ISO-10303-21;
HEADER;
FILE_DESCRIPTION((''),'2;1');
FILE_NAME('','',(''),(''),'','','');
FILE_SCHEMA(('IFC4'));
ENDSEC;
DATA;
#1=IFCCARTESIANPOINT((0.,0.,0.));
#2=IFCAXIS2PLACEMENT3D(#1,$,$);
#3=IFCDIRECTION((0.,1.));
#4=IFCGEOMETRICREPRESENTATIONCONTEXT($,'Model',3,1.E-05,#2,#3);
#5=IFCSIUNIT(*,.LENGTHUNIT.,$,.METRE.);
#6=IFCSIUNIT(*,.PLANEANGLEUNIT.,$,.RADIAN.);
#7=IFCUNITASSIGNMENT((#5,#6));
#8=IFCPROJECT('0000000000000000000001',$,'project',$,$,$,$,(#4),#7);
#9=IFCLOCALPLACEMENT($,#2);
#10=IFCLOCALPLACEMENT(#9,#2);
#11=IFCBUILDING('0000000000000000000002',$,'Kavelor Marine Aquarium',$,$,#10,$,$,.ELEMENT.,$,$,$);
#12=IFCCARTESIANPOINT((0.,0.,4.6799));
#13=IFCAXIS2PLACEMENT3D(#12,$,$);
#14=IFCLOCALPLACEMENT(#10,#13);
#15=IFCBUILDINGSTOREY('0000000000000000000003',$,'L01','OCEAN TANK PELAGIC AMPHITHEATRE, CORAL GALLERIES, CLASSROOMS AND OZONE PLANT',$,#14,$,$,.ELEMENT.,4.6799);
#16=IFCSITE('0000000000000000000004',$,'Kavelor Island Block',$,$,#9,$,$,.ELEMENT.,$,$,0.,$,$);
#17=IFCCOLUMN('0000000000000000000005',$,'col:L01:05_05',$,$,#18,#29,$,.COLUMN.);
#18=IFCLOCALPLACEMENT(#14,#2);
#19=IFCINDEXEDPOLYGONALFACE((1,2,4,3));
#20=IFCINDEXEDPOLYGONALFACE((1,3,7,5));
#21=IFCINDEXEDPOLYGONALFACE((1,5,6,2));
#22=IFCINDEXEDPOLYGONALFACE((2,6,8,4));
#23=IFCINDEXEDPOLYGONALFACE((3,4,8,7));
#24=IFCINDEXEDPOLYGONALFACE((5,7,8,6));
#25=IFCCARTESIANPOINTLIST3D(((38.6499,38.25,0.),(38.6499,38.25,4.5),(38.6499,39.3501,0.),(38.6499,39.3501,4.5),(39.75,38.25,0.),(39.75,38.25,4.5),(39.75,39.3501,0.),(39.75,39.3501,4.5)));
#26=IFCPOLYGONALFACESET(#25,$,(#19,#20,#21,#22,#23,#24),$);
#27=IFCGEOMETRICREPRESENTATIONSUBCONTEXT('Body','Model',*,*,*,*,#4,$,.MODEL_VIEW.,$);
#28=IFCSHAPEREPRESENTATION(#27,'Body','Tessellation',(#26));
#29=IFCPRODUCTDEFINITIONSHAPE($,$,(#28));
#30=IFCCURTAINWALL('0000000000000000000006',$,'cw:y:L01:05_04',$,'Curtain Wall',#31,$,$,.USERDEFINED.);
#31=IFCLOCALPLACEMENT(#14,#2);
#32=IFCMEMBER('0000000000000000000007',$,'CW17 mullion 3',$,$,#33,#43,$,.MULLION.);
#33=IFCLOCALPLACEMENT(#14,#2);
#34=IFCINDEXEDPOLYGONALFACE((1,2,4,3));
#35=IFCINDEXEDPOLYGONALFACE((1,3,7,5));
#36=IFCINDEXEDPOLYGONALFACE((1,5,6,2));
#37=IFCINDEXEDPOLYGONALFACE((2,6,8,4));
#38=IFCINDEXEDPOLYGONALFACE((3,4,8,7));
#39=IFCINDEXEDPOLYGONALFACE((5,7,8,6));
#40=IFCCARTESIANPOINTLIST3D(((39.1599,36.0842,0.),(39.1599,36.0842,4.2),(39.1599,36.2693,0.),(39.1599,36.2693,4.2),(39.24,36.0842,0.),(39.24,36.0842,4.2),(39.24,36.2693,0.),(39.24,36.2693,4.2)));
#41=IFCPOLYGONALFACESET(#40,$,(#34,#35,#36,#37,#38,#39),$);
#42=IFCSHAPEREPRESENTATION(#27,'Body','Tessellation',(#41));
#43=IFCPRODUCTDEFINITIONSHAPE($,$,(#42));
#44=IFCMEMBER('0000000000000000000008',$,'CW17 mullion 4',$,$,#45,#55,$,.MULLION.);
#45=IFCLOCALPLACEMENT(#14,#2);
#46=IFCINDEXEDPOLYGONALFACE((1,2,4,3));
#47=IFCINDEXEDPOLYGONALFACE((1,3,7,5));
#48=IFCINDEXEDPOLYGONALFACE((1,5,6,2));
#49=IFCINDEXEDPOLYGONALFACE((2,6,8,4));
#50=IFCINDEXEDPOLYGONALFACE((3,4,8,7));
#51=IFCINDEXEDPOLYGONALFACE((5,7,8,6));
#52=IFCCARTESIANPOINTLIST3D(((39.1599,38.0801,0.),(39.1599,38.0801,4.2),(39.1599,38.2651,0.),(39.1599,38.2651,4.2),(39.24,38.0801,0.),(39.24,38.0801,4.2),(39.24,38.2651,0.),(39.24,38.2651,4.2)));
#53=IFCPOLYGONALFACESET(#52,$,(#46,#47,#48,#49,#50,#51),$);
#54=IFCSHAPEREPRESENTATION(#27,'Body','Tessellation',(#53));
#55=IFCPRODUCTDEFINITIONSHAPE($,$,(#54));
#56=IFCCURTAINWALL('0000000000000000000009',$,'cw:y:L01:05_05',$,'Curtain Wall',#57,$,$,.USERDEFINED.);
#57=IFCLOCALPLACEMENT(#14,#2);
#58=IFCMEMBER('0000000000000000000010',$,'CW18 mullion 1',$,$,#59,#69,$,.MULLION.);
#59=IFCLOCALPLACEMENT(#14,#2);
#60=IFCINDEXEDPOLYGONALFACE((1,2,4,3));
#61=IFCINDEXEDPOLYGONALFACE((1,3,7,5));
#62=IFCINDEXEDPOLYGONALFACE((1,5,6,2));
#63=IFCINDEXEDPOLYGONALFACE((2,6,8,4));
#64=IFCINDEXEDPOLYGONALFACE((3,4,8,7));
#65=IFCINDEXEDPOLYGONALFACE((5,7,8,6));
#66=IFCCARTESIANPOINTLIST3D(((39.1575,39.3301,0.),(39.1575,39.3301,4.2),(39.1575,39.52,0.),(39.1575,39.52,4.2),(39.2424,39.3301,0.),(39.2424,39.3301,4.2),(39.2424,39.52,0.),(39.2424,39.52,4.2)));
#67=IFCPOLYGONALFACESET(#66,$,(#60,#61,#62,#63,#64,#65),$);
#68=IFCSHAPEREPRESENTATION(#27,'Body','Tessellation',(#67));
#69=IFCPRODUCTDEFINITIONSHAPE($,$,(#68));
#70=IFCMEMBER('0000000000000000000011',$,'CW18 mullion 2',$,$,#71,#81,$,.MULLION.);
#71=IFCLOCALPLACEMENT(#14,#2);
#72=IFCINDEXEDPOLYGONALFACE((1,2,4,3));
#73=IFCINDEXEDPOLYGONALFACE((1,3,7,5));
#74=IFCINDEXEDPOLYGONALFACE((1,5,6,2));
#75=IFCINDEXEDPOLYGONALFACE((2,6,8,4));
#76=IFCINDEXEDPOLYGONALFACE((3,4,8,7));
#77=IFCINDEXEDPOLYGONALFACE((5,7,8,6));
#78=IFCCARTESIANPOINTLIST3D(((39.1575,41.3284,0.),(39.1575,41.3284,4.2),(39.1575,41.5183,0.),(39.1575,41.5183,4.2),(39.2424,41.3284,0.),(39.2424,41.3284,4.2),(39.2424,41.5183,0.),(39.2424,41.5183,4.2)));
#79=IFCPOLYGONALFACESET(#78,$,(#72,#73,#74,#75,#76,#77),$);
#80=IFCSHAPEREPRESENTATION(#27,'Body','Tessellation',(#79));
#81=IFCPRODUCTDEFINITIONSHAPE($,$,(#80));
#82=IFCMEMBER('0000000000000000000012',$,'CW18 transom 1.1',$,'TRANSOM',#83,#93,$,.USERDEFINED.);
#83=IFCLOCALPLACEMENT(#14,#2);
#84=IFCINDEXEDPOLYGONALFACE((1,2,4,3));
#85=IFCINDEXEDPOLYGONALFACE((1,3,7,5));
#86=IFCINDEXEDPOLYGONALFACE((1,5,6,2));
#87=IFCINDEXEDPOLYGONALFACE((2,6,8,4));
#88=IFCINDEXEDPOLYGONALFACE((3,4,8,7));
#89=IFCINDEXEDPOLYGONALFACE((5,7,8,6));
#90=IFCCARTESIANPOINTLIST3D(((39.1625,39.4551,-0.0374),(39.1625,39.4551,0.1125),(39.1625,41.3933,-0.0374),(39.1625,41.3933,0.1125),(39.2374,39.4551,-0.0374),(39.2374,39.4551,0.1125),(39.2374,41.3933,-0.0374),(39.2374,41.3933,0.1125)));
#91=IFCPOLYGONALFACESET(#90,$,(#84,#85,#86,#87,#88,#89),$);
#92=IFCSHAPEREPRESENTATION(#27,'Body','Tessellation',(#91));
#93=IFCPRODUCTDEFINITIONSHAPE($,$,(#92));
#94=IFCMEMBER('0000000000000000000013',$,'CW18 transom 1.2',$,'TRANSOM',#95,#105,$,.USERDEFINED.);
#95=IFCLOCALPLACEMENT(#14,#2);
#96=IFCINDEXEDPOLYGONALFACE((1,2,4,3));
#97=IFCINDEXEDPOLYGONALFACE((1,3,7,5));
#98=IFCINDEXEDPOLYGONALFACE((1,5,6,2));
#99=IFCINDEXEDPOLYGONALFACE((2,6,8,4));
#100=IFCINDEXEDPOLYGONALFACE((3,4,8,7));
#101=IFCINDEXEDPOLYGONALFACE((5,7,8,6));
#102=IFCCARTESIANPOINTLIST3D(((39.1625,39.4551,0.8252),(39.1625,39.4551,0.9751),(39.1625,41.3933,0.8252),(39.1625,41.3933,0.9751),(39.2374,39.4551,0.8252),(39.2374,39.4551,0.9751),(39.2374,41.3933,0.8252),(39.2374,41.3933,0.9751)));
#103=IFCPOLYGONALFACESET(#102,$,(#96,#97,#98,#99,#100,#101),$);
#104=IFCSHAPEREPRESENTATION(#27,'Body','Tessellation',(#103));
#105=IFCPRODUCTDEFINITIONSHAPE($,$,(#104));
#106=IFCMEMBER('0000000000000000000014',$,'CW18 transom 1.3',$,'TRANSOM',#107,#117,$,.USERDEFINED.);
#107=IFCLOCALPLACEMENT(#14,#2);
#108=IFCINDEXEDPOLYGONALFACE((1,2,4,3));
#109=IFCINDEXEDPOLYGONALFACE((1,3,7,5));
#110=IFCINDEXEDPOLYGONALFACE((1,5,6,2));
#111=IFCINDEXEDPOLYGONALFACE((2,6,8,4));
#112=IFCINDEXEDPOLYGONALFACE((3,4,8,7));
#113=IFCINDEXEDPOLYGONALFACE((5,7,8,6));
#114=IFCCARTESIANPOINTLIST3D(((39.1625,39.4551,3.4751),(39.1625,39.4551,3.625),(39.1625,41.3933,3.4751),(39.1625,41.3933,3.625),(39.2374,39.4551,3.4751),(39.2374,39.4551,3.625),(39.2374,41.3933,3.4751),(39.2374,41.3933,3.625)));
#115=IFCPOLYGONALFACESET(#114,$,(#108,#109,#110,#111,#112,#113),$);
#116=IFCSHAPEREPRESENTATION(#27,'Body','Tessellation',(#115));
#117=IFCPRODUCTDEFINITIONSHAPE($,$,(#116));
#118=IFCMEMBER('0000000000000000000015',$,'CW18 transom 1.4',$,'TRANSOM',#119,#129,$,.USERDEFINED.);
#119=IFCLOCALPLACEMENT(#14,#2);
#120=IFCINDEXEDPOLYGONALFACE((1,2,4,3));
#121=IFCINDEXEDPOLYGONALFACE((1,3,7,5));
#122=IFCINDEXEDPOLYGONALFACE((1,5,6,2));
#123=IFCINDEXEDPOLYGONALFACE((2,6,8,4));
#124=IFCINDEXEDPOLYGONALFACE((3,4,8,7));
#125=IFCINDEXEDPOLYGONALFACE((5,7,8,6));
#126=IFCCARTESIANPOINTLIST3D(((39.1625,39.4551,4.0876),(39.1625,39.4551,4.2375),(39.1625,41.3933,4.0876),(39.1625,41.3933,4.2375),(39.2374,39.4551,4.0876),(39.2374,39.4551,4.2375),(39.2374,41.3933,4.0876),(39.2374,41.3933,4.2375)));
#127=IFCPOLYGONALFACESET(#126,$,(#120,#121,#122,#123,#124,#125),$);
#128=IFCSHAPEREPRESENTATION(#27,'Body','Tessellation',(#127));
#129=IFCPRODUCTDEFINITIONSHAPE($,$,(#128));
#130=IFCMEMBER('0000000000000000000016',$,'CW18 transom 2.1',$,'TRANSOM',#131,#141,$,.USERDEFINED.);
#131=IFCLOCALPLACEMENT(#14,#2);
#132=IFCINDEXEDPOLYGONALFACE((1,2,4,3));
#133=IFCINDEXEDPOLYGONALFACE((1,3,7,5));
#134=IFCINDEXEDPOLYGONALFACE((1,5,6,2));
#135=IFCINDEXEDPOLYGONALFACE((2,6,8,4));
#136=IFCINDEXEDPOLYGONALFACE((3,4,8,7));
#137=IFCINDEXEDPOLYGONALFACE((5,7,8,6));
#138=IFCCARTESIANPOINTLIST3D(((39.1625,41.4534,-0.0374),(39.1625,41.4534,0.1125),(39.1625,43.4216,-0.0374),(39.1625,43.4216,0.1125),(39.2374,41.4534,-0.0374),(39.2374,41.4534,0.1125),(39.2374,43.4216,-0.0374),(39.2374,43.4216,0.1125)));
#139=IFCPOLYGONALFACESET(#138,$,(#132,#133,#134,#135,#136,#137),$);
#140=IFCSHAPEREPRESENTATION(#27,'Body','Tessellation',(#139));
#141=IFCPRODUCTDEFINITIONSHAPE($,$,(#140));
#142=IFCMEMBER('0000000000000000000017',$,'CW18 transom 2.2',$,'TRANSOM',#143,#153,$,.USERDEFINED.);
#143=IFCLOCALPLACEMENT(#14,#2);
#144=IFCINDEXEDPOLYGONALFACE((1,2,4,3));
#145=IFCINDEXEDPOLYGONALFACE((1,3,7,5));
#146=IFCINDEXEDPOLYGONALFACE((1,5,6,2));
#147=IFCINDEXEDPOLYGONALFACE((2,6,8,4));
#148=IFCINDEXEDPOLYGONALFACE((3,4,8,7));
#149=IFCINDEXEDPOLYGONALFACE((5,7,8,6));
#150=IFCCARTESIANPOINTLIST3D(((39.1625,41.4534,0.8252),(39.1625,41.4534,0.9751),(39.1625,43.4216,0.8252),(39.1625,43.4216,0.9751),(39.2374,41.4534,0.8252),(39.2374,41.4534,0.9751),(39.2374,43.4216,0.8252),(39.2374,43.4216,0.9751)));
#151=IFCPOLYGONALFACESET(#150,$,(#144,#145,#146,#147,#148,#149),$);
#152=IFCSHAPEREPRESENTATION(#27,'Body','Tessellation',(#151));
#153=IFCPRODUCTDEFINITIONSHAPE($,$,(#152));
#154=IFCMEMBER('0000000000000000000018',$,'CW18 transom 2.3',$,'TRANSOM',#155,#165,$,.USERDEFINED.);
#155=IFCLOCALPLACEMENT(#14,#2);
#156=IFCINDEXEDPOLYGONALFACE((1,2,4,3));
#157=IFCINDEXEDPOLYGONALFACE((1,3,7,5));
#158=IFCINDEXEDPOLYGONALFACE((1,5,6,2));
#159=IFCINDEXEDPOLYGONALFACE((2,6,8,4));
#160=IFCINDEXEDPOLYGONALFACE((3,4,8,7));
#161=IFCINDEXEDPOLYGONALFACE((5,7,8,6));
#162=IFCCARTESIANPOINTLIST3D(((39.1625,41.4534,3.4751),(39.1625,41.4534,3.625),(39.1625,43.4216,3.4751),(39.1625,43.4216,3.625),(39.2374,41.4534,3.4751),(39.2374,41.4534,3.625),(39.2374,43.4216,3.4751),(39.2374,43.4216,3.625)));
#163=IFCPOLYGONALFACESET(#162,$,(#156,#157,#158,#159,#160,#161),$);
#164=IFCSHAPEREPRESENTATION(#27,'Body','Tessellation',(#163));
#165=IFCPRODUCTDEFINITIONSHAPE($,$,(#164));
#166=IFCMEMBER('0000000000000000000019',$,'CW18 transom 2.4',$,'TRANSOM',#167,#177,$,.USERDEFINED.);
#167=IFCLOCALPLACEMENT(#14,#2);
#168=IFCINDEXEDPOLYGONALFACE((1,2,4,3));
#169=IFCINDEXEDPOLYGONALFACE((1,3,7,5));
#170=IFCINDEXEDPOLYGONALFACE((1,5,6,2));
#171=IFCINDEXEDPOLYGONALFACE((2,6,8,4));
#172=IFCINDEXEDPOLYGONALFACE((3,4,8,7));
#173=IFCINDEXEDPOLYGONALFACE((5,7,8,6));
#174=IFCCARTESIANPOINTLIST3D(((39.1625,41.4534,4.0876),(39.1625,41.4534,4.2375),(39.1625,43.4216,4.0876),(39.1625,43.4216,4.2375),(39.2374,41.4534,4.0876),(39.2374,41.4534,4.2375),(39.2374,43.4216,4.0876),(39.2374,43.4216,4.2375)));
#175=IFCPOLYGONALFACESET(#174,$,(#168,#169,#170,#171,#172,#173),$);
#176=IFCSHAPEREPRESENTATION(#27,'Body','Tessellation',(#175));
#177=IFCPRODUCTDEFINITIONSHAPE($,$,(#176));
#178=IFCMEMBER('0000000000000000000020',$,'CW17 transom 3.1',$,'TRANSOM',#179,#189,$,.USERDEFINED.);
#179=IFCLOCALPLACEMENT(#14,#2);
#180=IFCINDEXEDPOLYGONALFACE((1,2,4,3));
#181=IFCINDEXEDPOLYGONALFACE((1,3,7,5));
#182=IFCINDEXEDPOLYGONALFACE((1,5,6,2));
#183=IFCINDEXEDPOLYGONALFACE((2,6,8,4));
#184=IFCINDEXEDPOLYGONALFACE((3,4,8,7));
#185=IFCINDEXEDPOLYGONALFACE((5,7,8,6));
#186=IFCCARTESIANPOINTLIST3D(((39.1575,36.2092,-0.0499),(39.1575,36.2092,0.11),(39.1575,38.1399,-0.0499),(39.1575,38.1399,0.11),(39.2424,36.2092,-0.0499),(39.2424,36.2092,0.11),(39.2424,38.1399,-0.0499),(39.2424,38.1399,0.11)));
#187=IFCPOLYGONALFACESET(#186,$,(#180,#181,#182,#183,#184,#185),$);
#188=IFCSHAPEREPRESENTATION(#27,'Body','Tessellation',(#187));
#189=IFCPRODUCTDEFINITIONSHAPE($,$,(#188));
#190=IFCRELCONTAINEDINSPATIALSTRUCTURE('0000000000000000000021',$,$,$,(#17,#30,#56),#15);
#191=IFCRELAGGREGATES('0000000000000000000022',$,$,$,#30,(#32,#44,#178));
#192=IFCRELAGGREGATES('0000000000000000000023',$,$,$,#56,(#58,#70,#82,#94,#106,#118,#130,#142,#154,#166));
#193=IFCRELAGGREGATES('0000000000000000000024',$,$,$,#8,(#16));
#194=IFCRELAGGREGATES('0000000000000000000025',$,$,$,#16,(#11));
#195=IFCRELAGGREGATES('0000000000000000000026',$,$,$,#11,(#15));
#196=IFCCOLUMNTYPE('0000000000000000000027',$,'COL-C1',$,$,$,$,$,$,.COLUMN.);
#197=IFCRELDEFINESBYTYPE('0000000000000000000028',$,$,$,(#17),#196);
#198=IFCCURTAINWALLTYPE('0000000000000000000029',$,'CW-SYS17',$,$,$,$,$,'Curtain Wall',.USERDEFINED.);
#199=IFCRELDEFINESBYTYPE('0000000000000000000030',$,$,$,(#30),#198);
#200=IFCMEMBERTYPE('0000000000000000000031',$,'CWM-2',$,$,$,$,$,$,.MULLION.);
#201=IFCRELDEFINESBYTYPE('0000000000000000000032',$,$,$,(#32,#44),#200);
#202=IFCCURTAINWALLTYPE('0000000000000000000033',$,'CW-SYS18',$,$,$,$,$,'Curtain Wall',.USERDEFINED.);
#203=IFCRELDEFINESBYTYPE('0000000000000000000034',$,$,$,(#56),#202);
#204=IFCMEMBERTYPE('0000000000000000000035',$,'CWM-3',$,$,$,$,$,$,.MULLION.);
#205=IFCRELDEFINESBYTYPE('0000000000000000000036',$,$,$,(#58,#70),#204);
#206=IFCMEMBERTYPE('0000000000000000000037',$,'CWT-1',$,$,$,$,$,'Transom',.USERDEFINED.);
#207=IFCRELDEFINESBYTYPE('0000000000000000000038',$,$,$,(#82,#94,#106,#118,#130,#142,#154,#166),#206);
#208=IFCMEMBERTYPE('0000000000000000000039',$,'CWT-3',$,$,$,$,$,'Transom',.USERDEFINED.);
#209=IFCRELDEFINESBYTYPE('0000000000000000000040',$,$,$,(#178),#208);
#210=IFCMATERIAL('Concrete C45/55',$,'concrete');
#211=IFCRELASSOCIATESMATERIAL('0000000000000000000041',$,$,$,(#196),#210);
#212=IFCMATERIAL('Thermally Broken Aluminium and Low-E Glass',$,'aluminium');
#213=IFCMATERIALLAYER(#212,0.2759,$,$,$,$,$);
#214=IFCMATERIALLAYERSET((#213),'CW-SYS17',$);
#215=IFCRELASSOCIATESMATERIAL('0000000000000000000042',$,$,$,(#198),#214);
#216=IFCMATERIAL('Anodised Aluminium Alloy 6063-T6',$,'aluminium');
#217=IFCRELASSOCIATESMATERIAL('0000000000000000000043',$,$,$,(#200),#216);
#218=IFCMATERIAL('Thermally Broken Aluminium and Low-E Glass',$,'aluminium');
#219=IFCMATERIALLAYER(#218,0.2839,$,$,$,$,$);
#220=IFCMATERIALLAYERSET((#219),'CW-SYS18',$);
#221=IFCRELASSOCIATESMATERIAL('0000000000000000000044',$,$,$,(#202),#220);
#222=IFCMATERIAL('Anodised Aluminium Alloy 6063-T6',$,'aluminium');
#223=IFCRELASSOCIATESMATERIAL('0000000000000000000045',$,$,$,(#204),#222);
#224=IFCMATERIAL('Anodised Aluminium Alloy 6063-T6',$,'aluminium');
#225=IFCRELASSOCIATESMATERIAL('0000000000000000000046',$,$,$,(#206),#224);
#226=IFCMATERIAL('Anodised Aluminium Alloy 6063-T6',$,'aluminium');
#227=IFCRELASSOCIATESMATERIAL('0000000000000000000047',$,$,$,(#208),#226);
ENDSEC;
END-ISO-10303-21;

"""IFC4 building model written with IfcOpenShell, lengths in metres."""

from ifc_helpers import new_model, si_unit, direction, frame, origin, origin_2d, place, context, subcontext, project, spatial, rectangle, extrude, material, layer, layer_set, material_profile, profile_set, type_object, element, aggregate, save


model = new_model("IFC4")

# Units and contexts
model_context = context("Model", 3, precision=1e-05, world=origin(), true_north=direction((0.0, 1.0)))
body_context = subcontext(model_context, "Body", "Model", "MODEL_VIEW")
ifc_project = project(units=[si_unit("LENGTHUNIT", "METRE"), si_unit("PLANEANGLEUNIT", "RADIAN")], contexts=[model_context])

# Site, building, storey
site_placement = place(None, origin())
site = spatial("IfcSite", under=ifc_project, at=site_placement, Name="Kavelor Island Block", CompositionType="ELEMENT", RefElevation=0.0)
building_placement = place(site_placement, origin())
building = spatial("IfcBuilding", under=site, at=building_placement, Name="Kavelor Marine Aquarium", CompositionType="ELEMENT")
storey_placement = place(building_placement, frame((0.0, 0.0, 4.6799)))
storey = spatial("IfcBuildingStorey", under=building, at=storey_placement, Name="L01", Description="OCEAN TANK PELAGIC AMPHITHEATRE, CORAL GALLERIES, CLASSROOMS AND OZONE PLANT", CompositionType="ELEMENT", Elevation=4.6799)

# Column
ifc_material_1 = material(Name="Concrete C45/55", Category="concrete")
ifc_material_profile_1 = material_profile(ifc_material_1, rectangle(XDim=1.1001, YDim=1.1001, at=origin_2d()), Name="RC-COL 1100x1100")
ifc_profile_set_1 = profile_set([ifc_material_profile_1], Name="Concrete C45/55")
column_type = type_object("IfcColumnType", Name="COL-C1", PredefinedType="COLUMN", material=ifc_profile_set_1)
column_placement = place(storey_placement, frame((39.2, 38.8, 0.0), z_axis=(0.0, 0.0, 1.0), x_axis=(1.0, 0.0, 0.0)))
element("IfcColumn", 1, at=column_placement, inside=storey, type_object=column_type, Name="col:L01:05_05", PredefinedType="COLUMN", context=body_context, shape_type="SweptSolid", body=[
    extrude(rectangle(XDim=1.1001, YDim=1.1001, at=origin_2d()), origin(), (0.0, 0.0, 1.0), 4.5),
])

# Curtain walls, members
ifc_material_2 = material(Name="Thermally Broken Aluminium and Low-E Glass", Category="aluminium")
ifc_layer_1 = layer(ifc_material_2, 0.2759)
ifc_layer_set_1 = layer_set([ifc_layer_1], Name="CW-SYS17")
curtain_wall_type_1 = type_object("IfcCurtainWallType", Name="CW-SYS17", ElementType="Curtain Wall", PredefinedType="USERDEFINED", material=ifc_layer_set_1)
curtain_wall_1_placement = place(storey_placement, origin())
curtain_wall_1 = element("IfcCurtainWall", 2, at=curtain_wall_1_placement, inside=storey, type_object=curtain_wall_type_1, Name="cw:y:L01:05_04", ObjectType="Curtain Wall", PredefinedType="USERDEFINED")
ifc_material_3 = material(Name="Anodised Aluminium Alloy 6063-T6", Category="aluminium")
ifc_material_profile_2 = material_profile(ifc_material_3, rectangle(XDim=0.0801, YDim=0.1851, at=origin_2d()), Name="CW-MUL 80x185")
ifc_profile_set_2 = profile_set([ifc_material_profile_2], Name="Anodised Aluminium Alloy 6063-T6")
member_type_1 = type_object("IfcMemberType", Name="CWM-2", PredefinedType="MULLION", material=ifc_profile_set_2)
member_1_placement = place(storey_placement, frame((39.2, 36.1768, 0.0), z_axis=(0.0, 0.0, 1.0), x_axis=(-1.0, 0.0, 0.0)))
member_1 = element("IfcMember", 3, at=member_1_placement, type_object=member_type_1, Name="CW17 mullion 3", PredefinedType="MULLION", context=body_context, shape_type="SweptSolid", body=[
    extrude(rectangle(XDim=0.0801, YDim=0.1851, at=origin_2d()), origin(), (0.0, 0.0, 1.0), 4.2),
])
member_2_placement = place(storey_placement, frame((39.2, 38.1726, 0.0), z_axis=(0.0, 0.0, 1.0), x_axis=(-1.0, 0.0, 0.0)))
member_2 = element("IfcMember", 4, at=member_2_placement, type_object=member_type_1, Name="CW17 mullion 4", PredefinedType="MULLION", context=body_context, shape_type="SweptSolid", body=[
    extrude(rectangle(XDim=0.0801, YDim=0.1851, at=origin_2d()), origin(), (0.0, 0.0, 1.0), 4.2),
])
ifc_material_4 = material(Name="Thermally Broken Aluminium and Low-E Glass", Category="aluminium")
ifc_layer_2 = layer(ifc_material_4, 0.2839)
ifc_layer_set_2 = layer_set([ifc_layer_2], Name="CW-SYS18")
curtain_wall_type_2 = type_object("IfcCurtainWallType", Name="CW-SYS18", ElementType="Curtain Wall", PredefinedType="USERDEFINED", material=ifc_layer_set_2)
curtain_wall_2_placement = place(storey_placement, origin())
curtain_wall_2 = element("IfcCurtainWall", 5, at=curtain_wall_2_placement, inside=storey, type_object=curtain_wall_type_2, Name="cw:y:L01:05_05", ObjectType="Curtain Wall", PredefinedType="USERDEFINED")
ifc_material_5 = material(Name="Anodised Aluminium Alloy 6063-T6", Category="aluminium")
ifc_material_profile_3 = material_profile(ifc_material_5, rectangle(XDim=0.085, YDim=0.1899, at=origin_2d()), Name="CW-MUL 85x190")
ifc_profile_set_3 = profile_set([ifc_material_profile_3], Name="Anodised Aluminium Alloy 6063-T6")
member_type_2 = type_object("IfcMemberType", Name="CWM-3", PredefinedType="MULLION", material=ifc_profile_set_3)
member_3_placement = place(storey_placement, frame((39.2, 39.425, 0.0), z_axis=(0.0, 0.0, 1.0), x_axis=(-1.0, 0.0, 0.0)))
member_3 = element("IfcMember", 6, at=member_3_placement, type_object=member_type_2, Name="CW18 mullion 1", PredefinedType="MULLION", context=body_context, shape_type="SweptSolid", body=[
    extrude(rectangle(XDim=0.085, YDim=0.1899, at=origin_2d()), origin(), (0.0, 0.0, 1.0), 4.2),
])
member_4_placement = place(storey_placement, frame((39.2, 41.4233, 0.0), z_axis=(0.0, 0.0, 1.0), x_axis=(-1.0, 0.0, 0.0)))
member_4 = element("IfcMember", 7, at=member_4_placement, type_object=member_type_2, Name="CW18 mullion 2", PredefinedType="MULLION", context=body_context, shape_type="SweptSolid", body=[
    extrude(rectangle(XDim=0.085, YDim=0.1899, at=origin_2d()), origin(), (0.0, 0.0, 1.0), 4.2),
])
ifc_material_6 = material(Name="Anodised Aluminium Alloy 6063-T6", Category="aluminium")
ifc_material_profile_4 = material_profile(ifc_material_6, rectangle(XDim=0.075, YDim=0.1499, at=origin_2d()), Name="CW-TRN 75x150")
ifc_profile_set_4 = profile_set([ifc_material_profile_4], Name="Anodised Aluminium Alloy 6063-T6")
member_type_3 = type_object("IfcMemberType", Name="CWT-1", ElementType="Transom", PredefinedType="USERDEFINED", material=ifc_profile_set_4)
member_5_placement = place(storey_placement, frame((39.2, 39.4551, 0.0376), z_axis=(0.0, 1.0, 0.0), x_axis=(-1.0, 0.0, 0.0)))
member_5 = element("IfcMember", 8, at=member_5_placement, type_object=member_type_3, Name="CW18 transom 1.1", ObjectType="TRANSOM", PredefinedType="USERDEFINED", context=body_context, shape_type="SweptSolid", body=[
    extrude(rectangle(XDim=0.075, YDim=0.1499, at=origin_2d()), origin(), (0.0, 0.0, 1.0), 1.9382),
])
member_6_placement = place(storey_placement, frame((39.2, 39.4551, 0.9001), z_axis=(0.0, 1.0, 0.0), x_axis=(-1.0, 0.0, 0.0)))
member_6 = element("IfcMember", 9, at=member_6_placement, type_object=member_type_3, Name="CW18 transom 1.2", ObjectType="TRANSOM", PredefinedType="USERDEFINED", context=body_context, shape_type="SweptSolid", body=[
    extrude(rectangle(XDim=0.075, YDim=0.1499, at=origin_2d()), origin(), (0.0, 0.0, 1.0), 1.9382),
])
member_7_placement = place(storey_placement, frame((39.2, 39.4551, 3.55), z_axis=(0.0, 1.0, 0.0), x_axis=(-1.0, 0.0, 0.0)))
member_7 = element("IfcMember", 10, at=member_7_placement, type_object=member_type_3, Name="CW18 transom 1.3", ObjectType="TRANSOM", PredefinedType="USERDEFINED", context=body_context, shape_type="SweptSolid", body=[
    extrude(rectangle(XDim=0.075, YDim=0.1499, at=origin_2d()), origin(), (0.0, 0.0, 1.0), 1.9382),
])
member_8_placement = place(storey_placement, frame((39.2, 39.4551, 4.1626), z_axis=(0.0, 1.0, 0.0), x_axis=(-1.0, 0.0, 0.0)))
member_8 = element("IfcMember", 11, at=member_8_placement, type_object=member_type_3, Name="CW18 transom 1.4", ObjectType="TRANSOM", PredefinedType="USERDEFINED", context=body_context, shape_type="SweptSolid", body=[
    extrude(rectangle(XDim=0.075, YDim=0.1499, at=origin_2d()), origin(), (0.0, 0.0, 1.0), 1.9382),
])
member_9_placement = place(storey_placement, frame((39.2, 41.4534, 0.0376), z_axis=(0.0, 1.0, 0.0), x_axis=(-1.0, 0.0, 0.0)))
member_9 = element("IfcMember", 12, at=member_9_placement, type_object=member_type_3, Name="CW18 transom 2.1", ObjectType="TRANSOM", PredefinedType="USERDEFINED", context=body_context, shape_type="SweptSolid", body=[
    extrude(rectangle(XDim=0.075, YDim=0.1499, at=origin_2d()), origin(), (0.0, 0.0, 1.0), 1.9683),
])
member_10_placement = place(storey_placement, frame((39.2, 41.4534, 0.9001), z_axis=(0.0, 1.0, 0.0), x_axis=(-1.0, 0.0, 0.0)))
member_10 = element("IfcMember", 13, at=member_10_placement, type_object=member_type_3, Name="CW18 transom 2.2", ObjectType="TRANSOM", PredefinedType="USERDEFINED", context=body_context, shape_type="SweptSolid", body=[
    extrude(rectangle(XDim=0.075, YDim=0.1499, at=origin_2d()), origin(), (0.0, 0.0, 1.0), 1.9683),
])
member_11_placement = place(storey_placement, frame((39.2, 41.4534, 3.55), z_axis=(0.0, 1.0, 0.0), x_axis=(-1.0, 0.0, 0.0)))
member_11 = element("IfcMember", 14, at=member_11_placement, type_object=member_type_3, Name="CW18 transom 2.3", ObjectType="TRANSOM", PredefinedType="USERDEFINED", context=body_context, shape_type="SweptSolid", body=[
    extrude(rectangle(XDim=0.075, YDim=0.1499, at=origin_2d()), origin(), (0.0, 0.0, 1.0), 1.9683),
])
member_12_placement = place(storey_placement, frame((39.2, 41.4534, 4.1626), z_axis=(0.0, 1.0, 0.0), x_axis=(-1.0, 0.0, 0.0)))
member_12 = element("IfcMember", 15, at=member_12_placement, type_object=member_type_3, Name="CW18 transom 2.4", ObjectType="TRANSOM", PredefinedType="USERDEFINED", context=body_context, shape_type="SweptSolid", body=[
    extrude(rectangle(XDim=0.075, YDim=0.1499, at=origin_2d()), origin(), (0.0, 0.0, 1.0), 1.9683),
])

# Member
ifc_material_7 = material(Name="Anodised Aluminium Alloy 6063-T6", Category="aluminium")
ifc_material_profile_5 = material_profile(ifc_material_7, rectangle(XDim=0.085, YDim=0.1599, at=origin_2d()), Name="CW-TRN 85x160")
ifc_profile_set_5 = profile_set([ifc_material_profile_5], Name="Anodised Aluminium Alloy 6063-T6")
member_type_4 = type_object("IfcMemberType", Name="CWT-3", ElementType="Transom", PredefinedType="USERDEFINED", material=ifc_profile_set_5)
member_13_placement = place(storey_placement, frame((39.2, 36.2092, 0.03), z_axis=(0.0, 1.0, 0.0), x_axis=(-1.0, 0.0, 0.0)))
member_13 = element("IfcMember", 16, at=member_13_placement, type_object=member_type_4, Name="CW17 transom 3.1", ObjectType="TRANSOM", PredefinedType="USERDEFINED", context=body_context, shape_type="SweptSolid", body=[
    extrude(rectangle(XDim=0.085, YDim=0.1599, at=origin_2d()), origin(), (0.0, 0.0, 1.0), 1.9307),
])

aggregate(curtain_wall_1, [member_1, member_2, member_13])
aggregate(curtain_wall_2, [member_3, member_4, member_5, member_6, member_7, member_8, member_9, member_10, member_11, member_12])

save(model, "model.ifc")
